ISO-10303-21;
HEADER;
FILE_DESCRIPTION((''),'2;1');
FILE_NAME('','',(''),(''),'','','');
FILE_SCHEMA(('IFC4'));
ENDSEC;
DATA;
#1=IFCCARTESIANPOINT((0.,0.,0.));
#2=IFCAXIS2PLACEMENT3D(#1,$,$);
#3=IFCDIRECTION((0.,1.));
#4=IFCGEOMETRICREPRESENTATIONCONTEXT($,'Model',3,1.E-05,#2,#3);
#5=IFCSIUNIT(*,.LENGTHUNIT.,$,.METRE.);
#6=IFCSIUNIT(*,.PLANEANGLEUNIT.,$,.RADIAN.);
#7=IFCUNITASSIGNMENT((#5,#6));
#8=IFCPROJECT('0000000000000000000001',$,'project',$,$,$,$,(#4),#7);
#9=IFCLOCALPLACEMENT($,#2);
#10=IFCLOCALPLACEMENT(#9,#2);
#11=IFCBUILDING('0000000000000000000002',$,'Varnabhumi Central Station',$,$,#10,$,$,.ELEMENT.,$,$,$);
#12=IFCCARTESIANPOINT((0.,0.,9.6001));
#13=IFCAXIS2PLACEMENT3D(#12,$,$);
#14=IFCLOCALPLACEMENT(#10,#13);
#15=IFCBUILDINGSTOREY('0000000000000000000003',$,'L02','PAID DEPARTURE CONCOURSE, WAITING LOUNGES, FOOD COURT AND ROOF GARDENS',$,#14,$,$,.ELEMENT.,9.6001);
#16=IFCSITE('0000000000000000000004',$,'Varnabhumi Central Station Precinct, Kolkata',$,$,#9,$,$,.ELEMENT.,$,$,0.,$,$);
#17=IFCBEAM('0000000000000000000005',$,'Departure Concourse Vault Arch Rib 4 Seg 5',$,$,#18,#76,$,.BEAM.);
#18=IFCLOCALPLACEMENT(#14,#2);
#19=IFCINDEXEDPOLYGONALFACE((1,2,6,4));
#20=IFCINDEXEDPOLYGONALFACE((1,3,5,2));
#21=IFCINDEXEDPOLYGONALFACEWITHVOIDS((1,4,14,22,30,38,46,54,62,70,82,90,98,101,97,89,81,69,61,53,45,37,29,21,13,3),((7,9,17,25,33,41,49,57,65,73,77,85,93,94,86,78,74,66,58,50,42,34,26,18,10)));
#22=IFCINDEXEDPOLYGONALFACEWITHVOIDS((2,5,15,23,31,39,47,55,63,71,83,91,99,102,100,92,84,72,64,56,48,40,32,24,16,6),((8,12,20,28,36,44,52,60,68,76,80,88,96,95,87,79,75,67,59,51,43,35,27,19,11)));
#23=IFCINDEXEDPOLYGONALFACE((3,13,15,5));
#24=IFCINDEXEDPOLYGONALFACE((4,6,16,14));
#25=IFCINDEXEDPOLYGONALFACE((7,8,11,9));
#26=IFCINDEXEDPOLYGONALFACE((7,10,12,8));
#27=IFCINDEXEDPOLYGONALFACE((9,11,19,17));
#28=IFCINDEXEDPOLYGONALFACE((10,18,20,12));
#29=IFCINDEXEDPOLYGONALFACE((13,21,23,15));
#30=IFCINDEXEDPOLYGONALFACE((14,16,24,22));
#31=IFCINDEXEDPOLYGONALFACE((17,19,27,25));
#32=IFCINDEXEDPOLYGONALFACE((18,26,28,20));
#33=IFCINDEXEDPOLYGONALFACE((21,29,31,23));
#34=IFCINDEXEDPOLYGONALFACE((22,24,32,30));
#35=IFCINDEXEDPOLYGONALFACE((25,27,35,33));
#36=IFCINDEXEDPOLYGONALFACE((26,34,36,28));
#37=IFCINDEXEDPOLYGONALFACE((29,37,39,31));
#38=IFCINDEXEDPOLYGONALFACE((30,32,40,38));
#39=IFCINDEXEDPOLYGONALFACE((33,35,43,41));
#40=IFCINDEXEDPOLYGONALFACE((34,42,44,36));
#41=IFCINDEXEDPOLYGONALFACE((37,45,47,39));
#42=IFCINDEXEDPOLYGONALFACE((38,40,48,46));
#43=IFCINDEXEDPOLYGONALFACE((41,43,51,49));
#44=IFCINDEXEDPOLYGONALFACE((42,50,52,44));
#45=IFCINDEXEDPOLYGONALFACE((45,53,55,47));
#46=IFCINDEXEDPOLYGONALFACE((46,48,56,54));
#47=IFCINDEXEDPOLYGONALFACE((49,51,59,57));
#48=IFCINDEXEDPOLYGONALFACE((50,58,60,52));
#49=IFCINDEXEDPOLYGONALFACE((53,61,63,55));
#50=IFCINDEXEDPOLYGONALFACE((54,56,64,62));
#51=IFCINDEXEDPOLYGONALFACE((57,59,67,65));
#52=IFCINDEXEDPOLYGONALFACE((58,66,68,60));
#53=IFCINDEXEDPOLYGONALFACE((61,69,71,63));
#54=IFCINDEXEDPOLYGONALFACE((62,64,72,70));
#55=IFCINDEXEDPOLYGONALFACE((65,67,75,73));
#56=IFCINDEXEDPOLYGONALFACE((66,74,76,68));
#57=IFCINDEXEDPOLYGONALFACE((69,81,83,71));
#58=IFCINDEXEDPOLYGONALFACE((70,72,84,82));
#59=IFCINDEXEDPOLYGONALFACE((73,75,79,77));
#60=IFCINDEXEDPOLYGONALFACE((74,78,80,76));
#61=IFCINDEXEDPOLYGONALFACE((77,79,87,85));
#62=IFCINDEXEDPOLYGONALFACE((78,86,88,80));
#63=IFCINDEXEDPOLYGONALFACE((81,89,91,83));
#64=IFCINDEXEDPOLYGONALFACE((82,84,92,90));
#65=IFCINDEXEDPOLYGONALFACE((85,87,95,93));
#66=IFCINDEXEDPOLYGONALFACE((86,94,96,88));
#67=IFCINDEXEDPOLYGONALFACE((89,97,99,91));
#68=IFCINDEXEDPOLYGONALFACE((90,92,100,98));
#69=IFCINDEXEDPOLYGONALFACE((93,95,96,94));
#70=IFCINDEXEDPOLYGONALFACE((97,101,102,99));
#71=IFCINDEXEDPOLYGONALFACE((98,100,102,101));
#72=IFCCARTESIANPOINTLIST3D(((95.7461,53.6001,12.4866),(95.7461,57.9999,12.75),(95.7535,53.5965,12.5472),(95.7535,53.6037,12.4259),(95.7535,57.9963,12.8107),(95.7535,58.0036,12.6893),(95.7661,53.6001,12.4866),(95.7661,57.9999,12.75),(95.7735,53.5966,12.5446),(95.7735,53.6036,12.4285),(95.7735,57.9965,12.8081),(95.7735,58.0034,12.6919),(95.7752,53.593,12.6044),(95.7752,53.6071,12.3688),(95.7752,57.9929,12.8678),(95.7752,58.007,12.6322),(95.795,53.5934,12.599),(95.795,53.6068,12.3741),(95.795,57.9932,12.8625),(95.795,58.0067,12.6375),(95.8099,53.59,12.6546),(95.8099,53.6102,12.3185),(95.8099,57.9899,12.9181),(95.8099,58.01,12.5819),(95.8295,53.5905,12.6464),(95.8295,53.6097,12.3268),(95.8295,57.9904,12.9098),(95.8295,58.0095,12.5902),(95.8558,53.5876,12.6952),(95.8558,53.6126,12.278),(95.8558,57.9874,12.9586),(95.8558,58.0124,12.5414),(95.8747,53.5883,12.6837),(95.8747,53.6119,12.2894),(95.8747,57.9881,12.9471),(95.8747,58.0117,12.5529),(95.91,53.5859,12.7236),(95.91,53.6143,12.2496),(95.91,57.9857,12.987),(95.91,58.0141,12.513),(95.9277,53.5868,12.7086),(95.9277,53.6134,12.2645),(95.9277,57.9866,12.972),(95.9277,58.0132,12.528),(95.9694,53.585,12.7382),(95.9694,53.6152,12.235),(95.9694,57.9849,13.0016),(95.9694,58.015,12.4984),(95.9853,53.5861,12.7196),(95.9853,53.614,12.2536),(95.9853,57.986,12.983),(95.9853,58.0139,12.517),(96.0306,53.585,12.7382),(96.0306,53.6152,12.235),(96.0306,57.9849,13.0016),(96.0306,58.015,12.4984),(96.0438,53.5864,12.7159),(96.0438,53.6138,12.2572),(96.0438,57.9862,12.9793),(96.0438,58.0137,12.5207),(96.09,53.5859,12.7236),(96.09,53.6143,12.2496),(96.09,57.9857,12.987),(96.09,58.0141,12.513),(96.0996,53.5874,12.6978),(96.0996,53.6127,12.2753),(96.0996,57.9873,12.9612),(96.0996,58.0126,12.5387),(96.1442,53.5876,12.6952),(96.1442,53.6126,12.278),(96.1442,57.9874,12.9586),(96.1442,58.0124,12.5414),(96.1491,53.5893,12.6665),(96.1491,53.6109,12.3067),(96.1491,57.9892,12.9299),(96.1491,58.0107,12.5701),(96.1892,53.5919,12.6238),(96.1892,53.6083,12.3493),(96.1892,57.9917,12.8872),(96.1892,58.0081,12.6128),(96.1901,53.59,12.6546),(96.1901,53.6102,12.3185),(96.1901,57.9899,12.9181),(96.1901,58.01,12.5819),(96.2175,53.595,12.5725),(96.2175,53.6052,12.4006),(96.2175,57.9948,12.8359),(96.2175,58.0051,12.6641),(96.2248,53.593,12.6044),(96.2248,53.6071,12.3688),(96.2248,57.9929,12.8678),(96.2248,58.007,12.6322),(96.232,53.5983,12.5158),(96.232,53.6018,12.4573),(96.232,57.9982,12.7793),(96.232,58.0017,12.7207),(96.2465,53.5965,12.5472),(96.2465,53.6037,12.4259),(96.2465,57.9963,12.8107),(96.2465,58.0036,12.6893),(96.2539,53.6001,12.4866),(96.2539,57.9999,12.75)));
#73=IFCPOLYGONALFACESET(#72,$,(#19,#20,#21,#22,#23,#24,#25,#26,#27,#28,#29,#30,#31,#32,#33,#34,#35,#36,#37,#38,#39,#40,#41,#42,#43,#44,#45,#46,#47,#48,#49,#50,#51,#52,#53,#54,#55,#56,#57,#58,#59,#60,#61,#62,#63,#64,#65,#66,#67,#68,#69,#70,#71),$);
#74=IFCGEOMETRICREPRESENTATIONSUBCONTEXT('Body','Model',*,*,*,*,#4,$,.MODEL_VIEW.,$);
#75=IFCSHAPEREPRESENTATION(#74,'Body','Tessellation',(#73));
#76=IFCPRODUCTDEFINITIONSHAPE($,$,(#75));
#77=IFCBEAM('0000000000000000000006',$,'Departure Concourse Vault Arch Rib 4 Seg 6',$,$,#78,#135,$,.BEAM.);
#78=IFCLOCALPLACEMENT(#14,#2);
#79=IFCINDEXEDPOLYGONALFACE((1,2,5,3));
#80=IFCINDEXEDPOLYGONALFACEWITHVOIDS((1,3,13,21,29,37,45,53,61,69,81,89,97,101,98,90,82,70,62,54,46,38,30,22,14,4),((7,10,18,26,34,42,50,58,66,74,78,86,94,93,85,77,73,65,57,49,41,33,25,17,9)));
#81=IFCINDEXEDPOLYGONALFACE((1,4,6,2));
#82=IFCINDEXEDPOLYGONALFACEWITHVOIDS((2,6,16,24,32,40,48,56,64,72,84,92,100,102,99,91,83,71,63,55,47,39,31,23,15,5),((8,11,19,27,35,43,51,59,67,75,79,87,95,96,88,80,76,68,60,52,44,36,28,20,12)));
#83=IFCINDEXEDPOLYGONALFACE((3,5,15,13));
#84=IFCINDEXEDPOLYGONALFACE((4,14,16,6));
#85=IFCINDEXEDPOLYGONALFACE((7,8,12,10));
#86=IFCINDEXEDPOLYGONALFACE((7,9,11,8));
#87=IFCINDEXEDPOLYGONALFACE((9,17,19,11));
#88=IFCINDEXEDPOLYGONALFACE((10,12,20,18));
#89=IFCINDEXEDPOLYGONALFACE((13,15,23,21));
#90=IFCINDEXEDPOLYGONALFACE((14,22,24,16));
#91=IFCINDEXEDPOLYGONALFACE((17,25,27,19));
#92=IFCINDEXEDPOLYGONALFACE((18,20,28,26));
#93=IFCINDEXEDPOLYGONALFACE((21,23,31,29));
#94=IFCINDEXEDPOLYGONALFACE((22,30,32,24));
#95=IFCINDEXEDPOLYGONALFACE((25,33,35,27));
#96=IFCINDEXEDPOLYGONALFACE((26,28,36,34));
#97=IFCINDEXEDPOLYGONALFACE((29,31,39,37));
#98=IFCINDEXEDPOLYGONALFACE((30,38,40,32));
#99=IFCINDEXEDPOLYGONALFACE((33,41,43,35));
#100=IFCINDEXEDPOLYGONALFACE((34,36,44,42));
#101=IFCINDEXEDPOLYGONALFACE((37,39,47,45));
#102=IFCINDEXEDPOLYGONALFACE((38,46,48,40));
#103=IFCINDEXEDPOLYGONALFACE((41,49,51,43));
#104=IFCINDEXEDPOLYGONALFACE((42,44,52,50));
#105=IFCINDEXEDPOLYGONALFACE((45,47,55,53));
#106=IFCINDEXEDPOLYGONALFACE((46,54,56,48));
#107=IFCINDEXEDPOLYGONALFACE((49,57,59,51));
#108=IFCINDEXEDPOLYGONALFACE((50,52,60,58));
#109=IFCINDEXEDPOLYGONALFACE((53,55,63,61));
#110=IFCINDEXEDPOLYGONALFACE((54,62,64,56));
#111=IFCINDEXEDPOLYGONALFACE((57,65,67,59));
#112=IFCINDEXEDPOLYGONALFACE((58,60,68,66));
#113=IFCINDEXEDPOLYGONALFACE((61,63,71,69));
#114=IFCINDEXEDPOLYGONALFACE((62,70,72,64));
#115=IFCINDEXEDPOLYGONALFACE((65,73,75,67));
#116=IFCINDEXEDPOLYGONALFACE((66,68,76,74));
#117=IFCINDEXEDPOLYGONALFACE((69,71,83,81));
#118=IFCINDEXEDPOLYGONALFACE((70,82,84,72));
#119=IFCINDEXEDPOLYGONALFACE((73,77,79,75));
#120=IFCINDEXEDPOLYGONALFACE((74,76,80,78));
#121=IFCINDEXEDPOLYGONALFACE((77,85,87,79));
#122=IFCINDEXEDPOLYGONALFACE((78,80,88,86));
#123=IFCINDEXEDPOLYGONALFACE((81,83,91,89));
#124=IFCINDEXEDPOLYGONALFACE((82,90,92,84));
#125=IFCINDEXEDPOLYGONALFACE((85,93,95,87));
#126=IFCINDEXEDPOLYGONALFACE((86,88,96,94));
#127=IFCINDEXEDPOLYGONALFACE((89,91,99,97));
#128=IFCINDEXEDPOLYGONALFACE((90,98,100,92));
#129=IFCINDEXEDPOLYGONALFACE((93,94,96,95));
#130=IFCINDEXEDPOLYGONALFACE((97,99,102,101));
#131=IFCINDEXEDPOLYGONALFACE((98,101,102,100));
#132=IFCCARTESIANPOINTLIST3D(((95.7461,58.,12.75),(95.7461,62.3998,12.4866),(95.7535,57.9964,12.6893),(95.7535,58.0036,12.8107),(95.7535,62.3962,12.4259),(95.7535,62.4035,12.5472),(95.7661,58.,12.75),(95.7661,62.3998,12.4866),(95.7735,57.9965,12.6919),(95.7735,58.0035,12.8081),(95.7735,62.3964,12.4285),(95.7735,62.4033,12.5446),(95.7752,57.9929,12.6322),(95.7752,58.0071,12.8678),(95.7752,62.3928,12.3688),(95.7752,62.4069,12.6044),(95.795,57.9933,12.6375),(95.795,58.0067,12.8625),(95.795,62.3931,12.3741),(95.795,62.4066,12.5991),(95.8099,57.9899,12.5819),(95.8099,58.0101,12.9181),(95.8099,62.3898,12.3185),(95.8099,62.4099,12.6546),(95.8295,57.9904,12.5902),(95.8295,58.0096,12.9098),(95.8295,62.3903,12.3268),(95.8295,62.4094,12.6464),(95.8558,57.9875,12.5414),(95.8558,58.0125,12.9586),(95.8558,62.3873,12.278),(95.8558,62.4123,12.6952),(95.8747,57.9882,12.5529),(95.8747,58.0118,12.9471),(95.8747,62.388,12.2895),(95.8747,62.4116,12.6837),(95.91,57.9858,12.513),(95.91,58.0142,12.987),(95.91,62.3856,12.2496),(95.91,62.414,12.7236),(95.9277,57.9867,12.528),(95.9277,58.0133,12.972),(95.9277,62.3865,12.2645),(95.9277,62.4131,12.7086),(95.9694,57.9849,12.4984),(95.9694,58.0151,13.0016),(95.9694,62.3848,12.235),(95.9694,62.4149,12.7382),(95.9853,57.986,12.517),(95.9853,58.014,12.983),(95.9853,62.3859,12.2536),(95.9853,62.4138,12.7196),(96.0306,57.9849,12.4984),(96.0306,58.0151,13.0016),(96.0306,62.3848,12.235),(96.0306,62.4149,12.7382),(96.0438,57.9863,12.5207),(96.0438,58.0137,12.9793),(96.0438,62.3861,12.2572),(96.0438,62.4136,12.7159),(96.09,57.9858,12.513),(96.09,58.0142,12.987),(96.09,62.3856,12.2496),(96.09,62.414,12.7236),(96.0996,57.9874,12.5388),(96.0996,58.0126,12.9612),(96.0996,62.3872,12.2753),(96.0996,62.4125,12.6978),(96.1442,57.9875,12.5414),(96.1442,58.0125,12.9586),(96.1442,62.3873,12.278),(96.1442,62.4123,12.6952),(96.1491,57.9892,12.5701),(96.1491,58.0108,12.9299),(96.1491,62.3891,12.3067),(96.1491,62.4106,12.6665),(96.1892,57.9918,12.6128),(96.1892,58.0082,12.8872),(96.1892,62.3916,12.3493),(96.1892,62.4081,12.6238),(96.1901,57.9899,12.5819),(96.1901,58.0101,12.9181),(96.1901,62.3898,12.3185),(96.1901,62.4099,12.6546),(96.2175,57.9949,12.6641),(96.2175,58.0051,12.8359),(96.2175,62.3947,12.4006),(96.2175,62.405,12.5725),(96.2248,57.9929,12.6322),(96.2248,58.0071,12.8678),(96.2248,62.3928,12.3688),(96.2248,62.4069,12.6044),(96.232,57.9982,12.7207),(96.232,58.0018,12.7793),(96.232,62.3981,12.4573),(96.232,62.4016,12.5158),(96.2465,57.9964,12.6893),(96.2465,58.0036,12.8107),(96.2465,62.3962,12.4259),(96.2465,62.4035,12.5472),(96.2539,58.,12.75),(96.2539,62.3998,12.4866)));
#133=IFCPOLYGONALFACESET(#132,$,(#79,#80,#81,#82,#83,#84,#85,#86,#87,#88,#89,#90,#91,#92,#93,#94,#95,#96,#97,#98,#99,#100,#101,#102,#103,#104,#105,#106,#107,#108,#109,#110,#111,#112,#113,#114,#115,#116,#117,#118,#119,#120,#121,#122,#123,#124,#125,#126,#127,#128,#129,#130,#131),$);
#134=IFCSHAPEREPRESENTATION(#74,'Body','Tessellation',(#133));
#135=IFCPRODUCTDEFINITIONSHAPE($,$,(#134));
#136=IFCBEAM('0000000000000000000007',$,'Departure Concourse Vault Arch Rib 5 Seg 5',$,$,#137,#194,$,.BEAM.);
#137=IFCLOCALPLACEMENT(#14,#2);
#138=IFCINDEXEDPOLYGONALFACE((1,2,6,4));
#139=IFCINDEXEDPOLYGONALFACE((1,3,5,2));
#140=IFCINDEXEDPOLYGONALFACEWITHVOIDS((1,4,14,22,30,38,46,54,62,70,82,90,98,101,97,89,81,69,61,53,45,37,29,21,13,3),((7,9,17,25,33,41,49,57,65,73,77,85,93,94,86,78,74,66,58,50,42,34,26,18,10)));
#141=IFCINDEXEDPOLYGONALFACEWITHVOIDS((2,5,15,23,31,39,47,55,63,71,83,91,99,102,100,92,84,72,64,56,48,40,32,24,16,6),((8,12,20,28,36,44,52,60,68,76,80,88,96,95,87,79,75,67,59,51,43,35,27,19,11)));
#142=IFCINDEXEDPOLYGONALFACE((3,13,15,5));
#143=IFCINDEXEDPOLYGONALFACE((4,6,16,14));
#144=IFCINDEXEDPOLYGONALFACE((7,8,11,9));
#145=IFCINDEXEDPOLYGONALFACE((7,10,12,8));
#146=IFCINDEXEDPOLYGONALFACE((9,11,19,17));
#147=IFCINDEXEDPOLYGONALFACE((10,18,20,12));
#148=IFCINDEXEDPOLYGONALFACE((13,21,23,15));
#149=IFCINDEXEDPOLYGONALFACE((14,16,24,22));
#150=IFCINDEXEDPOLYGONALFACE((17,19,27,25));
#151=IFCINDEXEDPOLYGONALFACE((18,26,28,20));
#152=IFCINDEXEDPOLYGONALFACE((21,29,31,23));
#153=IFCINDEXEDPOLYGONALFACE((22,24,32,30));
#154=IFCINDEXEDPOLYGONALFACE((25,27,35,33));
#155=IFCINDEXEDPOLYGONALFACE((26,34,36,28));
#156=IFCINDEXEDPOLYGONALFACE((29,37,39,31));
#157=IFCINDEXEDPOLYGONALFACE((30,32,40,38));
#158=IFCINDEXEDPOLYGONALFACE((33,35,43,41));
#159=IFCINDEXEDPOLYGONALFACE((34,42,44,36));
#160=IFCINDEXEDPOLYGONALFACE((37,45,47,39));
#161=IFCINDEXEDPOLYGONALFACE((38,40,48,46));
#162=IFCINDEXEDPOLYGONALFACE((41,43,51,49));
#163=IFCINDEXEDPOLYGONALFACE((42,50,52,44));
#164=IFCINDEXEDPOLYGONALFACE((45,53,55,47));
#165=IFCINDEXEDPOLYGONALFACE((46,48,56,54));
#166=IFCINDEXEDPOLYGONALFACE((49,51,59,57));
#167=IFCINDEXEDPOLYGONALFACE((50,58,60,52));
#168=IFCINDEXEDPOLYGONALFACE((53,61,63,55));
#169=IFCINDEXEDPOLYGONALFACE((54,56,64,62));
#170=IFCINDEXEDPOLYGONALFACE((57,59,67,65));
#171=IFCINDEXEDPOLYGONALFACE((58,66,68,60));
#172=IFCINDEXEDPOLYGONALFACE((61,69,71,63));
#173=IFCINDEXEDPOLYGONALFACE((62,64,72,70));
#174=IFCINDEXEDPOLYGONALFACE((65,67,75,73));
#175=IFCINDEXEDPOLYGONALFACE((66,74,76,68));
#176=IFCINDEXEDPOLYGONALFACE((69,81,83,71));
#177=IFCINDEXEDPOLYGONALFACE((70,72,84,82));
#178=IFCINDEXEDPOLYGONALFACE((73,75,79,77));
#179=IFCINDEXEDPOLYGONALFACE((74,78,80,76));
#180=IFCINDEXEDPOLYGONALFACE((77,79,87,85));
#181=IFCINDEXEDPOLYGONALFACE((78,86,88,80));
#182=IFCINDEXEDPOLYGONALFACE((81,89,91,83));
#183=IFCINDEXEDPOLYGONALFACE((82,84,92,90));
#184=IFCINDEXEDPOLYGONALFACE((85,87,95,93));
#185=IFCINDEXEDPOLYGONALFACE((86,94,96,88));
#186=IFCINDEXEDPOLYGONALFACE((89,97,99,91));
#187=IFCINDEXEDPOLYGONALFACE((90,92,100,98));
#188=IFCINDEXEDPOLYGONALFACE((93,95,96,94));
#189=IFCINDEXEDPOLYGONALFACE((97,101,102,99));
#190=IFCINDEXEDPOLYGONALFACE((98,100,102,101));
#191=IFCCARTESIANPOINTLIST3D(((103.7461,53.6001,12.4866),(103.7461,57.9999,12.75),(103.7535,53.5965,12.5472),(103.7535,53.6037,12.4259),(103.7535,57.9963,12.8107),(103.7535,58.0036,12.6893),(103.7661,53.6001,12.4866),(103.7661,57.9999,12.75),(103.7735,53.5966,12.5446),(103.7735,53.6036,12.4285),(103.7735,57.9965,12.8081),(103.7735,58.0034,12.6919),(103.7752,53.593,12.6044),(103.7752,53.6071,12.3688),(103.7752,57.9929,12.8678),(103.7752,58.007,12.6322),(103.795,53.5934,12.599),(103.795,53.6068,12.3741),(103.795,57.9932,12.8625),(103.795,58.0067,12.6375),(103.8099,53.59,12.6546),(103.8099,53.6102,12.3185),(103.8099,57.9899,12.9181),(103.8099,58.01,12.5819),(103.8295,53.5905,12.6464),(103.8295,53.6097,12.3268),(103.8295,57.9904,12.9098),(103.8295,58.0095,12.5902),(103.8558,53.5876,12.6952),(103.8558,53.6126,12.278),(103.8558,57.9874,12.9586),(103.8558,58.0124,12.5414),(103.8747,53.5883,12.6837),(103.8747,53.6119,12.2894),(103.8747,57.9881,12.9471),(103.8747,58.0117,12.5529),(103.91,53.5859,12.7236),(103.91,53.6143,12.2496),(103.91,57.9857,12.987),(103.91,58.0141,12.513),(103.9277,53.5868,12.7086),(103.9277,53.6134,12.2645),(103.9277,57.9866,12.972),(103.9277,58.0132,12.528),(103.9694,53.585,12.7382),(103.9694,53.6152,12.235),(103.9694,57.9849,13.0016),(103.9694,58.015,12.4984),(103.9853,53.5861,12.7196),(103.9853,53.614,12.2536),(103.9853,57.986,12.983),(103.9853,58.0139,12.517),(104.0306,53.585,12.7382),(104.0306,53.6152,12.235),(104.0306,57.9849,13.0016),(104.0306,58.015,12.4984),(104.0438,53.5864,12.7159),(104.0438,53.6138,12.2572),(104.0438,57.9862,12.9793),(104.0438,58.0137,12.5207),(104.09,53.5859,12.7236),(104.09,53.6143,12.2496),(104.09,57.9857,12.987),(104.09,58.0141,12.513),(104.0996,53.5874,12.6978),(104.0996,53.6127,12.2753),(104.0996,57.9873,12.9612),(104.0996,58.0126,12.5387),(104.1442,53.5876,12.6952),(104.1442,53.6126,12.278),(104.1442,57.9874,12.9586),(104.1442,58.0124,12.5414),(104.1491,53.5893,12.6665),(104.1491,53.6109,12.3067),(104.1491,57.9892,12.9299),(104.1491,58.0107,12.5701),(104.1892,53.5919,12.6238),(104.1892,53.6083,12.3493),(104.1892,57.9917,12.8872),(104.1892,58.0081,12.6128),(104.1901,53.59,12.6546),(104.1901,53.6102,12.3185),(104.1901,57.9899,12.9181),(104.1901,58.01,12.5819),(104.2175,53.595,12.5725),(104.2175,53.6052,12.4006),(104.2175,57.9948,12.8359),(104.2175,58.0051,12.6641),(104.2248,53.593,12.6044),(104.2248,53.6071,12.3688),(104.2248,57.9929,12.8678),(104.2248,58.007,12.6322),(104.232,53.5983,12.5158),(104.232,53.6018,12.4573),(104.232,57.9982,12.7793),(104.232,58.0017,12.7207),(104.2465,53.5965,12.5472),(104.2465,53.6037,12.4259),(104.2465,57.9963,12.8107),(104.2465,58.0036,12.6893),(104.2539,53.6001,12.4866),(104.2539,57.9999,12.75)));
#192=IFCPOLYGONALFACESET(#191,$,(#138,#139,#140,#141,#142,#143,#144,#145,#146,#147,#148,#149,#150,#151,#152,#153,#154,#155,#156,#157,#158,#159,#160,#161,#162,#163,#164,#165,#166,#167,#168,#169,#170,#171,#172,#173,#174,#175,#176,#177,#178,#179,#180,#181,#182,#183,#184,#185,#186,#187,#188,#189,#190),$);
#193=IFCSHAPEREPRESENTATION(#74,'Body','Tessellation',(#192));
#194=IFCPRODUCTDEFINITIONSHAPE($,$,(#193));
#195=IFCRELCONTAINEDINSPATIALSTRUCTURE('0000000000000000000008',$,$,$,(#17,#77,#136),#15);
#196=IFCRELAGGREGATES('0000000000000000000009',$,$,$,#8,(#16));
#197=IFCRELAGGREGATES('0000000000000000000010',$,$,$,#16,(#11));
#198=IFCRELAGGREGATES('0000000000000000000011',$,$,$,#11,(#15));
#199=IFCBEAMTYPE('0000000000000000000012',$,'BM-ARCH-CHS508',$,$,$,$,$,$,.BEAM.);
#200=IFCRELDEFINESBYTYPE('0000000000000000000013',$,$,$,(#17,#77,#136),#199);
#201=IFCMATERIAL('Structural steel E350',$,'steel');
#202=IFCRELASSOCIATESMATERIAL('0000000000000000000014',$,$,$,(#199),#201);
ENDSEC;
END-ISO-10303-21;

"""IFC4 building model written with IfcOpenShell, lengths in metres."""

from ifc_helpers import new_model, si_unit, direction, frame, origin, origin_2d, place, context, subcontext, project, spatial, hollow_circle, extrude, material, material_profile, profile_set, type_object, element, save


model = new_model("IFC4")

# Units and contexts
model_context = context("Model", 3, precision=1e-05, world=origin(), true_north=direction((0.0, 1.0)))
body_context = subcontext(model_context, "Body", "Model", "MODEL_VIEW")
ifc_project = project(units=[si_unit("LENGTHUNIT", "METRE"), si_unit("PLANEANGLEUNIT", "RADIAN")], contexts=[model_context])

# Site, building, storey
site_placement = place(None, origin())
site = spatial("IfcSite", under=ifc_project, at=site_placement, Name="Varnabhumi Central Station Precinct, Kolkata", CompositionType="ELEMENT", RefElevation=0.0)
building_placement = place(site_placement, origin())
building = spatial("IfcBuilding", under=site, at=building_placement, Name="Varnabhumi Central Station", CompositionType="ELEMENT")
storey_placement = place(building_placement, frame((0.0, 0.0, 9.6001)))
storey = spatial("IfcBuildingStorey", under=building, at=storey_placement, Name="L02", Description="PAID DEPARTURE CONCOURSE, WAITING LOUNGES, FOOD COURT AND ROOF GARDENS", CompositionType="ELEMENT", Elevation=9.6001)

# Beams
ifc_material_1 = material(Name="Structural steel E350", Category="steel")
ifc_material_profile_1 = material_profile(ifc_material_1, hollow_circle(Radius=0.2539, WallThickness=0.02, at=origin_2d()), Name="Structural steel E350", Category="steel")
ifc_profile_set_1 = profile_set([ifc_material_profile_1], Name="Structural steel E350")
beam_type_1 = type_object("IfcBeamType", Name="BM-ARCH-CHS508", PredefinedType="BEAM", material=ifc_profile_set_1)
for number, where, z_axis, x_axis, name in (
    (1, (96.0, 53.6001, 12.4866), (0.0, 0.998213, 0.059764), (-1.0, 0.0, 0.0), "Departure Concourse Vault Arch Rib 4 Seg 5"),
    (2, (96.0, 58.0, 12.75), (0.0, 0.998213, -0.059764), (-1.0, 0.0, 0.0), "Departure Concourse Vault Arch Rib 4 Seg 6"),
    (3, (104.0, 53.6001, 12.4866), (0.0, 0.998213, 0.059764), (-1.0, 0.0, 0.0), "Departure Concourse Vault Arch Rib 5 Seg 5"),
):
    element("IfcBeam", number, at=place(storey_placement, frame(where, z_axis=z_axis, x_axis=x_axis)), inside=storey, type_object=beam_type_1, Name=name, PredefinedType="BEAM", context=body_context, shape_type="SweptSolid", body=[
        extrude(hollow_circle(Radius=0.2539, WallThickness=0.02, at=origin_2d()), origin(), (0.0, 0.0, 1.0), 4.4077),
    ])

save(model, "model.ifc")
